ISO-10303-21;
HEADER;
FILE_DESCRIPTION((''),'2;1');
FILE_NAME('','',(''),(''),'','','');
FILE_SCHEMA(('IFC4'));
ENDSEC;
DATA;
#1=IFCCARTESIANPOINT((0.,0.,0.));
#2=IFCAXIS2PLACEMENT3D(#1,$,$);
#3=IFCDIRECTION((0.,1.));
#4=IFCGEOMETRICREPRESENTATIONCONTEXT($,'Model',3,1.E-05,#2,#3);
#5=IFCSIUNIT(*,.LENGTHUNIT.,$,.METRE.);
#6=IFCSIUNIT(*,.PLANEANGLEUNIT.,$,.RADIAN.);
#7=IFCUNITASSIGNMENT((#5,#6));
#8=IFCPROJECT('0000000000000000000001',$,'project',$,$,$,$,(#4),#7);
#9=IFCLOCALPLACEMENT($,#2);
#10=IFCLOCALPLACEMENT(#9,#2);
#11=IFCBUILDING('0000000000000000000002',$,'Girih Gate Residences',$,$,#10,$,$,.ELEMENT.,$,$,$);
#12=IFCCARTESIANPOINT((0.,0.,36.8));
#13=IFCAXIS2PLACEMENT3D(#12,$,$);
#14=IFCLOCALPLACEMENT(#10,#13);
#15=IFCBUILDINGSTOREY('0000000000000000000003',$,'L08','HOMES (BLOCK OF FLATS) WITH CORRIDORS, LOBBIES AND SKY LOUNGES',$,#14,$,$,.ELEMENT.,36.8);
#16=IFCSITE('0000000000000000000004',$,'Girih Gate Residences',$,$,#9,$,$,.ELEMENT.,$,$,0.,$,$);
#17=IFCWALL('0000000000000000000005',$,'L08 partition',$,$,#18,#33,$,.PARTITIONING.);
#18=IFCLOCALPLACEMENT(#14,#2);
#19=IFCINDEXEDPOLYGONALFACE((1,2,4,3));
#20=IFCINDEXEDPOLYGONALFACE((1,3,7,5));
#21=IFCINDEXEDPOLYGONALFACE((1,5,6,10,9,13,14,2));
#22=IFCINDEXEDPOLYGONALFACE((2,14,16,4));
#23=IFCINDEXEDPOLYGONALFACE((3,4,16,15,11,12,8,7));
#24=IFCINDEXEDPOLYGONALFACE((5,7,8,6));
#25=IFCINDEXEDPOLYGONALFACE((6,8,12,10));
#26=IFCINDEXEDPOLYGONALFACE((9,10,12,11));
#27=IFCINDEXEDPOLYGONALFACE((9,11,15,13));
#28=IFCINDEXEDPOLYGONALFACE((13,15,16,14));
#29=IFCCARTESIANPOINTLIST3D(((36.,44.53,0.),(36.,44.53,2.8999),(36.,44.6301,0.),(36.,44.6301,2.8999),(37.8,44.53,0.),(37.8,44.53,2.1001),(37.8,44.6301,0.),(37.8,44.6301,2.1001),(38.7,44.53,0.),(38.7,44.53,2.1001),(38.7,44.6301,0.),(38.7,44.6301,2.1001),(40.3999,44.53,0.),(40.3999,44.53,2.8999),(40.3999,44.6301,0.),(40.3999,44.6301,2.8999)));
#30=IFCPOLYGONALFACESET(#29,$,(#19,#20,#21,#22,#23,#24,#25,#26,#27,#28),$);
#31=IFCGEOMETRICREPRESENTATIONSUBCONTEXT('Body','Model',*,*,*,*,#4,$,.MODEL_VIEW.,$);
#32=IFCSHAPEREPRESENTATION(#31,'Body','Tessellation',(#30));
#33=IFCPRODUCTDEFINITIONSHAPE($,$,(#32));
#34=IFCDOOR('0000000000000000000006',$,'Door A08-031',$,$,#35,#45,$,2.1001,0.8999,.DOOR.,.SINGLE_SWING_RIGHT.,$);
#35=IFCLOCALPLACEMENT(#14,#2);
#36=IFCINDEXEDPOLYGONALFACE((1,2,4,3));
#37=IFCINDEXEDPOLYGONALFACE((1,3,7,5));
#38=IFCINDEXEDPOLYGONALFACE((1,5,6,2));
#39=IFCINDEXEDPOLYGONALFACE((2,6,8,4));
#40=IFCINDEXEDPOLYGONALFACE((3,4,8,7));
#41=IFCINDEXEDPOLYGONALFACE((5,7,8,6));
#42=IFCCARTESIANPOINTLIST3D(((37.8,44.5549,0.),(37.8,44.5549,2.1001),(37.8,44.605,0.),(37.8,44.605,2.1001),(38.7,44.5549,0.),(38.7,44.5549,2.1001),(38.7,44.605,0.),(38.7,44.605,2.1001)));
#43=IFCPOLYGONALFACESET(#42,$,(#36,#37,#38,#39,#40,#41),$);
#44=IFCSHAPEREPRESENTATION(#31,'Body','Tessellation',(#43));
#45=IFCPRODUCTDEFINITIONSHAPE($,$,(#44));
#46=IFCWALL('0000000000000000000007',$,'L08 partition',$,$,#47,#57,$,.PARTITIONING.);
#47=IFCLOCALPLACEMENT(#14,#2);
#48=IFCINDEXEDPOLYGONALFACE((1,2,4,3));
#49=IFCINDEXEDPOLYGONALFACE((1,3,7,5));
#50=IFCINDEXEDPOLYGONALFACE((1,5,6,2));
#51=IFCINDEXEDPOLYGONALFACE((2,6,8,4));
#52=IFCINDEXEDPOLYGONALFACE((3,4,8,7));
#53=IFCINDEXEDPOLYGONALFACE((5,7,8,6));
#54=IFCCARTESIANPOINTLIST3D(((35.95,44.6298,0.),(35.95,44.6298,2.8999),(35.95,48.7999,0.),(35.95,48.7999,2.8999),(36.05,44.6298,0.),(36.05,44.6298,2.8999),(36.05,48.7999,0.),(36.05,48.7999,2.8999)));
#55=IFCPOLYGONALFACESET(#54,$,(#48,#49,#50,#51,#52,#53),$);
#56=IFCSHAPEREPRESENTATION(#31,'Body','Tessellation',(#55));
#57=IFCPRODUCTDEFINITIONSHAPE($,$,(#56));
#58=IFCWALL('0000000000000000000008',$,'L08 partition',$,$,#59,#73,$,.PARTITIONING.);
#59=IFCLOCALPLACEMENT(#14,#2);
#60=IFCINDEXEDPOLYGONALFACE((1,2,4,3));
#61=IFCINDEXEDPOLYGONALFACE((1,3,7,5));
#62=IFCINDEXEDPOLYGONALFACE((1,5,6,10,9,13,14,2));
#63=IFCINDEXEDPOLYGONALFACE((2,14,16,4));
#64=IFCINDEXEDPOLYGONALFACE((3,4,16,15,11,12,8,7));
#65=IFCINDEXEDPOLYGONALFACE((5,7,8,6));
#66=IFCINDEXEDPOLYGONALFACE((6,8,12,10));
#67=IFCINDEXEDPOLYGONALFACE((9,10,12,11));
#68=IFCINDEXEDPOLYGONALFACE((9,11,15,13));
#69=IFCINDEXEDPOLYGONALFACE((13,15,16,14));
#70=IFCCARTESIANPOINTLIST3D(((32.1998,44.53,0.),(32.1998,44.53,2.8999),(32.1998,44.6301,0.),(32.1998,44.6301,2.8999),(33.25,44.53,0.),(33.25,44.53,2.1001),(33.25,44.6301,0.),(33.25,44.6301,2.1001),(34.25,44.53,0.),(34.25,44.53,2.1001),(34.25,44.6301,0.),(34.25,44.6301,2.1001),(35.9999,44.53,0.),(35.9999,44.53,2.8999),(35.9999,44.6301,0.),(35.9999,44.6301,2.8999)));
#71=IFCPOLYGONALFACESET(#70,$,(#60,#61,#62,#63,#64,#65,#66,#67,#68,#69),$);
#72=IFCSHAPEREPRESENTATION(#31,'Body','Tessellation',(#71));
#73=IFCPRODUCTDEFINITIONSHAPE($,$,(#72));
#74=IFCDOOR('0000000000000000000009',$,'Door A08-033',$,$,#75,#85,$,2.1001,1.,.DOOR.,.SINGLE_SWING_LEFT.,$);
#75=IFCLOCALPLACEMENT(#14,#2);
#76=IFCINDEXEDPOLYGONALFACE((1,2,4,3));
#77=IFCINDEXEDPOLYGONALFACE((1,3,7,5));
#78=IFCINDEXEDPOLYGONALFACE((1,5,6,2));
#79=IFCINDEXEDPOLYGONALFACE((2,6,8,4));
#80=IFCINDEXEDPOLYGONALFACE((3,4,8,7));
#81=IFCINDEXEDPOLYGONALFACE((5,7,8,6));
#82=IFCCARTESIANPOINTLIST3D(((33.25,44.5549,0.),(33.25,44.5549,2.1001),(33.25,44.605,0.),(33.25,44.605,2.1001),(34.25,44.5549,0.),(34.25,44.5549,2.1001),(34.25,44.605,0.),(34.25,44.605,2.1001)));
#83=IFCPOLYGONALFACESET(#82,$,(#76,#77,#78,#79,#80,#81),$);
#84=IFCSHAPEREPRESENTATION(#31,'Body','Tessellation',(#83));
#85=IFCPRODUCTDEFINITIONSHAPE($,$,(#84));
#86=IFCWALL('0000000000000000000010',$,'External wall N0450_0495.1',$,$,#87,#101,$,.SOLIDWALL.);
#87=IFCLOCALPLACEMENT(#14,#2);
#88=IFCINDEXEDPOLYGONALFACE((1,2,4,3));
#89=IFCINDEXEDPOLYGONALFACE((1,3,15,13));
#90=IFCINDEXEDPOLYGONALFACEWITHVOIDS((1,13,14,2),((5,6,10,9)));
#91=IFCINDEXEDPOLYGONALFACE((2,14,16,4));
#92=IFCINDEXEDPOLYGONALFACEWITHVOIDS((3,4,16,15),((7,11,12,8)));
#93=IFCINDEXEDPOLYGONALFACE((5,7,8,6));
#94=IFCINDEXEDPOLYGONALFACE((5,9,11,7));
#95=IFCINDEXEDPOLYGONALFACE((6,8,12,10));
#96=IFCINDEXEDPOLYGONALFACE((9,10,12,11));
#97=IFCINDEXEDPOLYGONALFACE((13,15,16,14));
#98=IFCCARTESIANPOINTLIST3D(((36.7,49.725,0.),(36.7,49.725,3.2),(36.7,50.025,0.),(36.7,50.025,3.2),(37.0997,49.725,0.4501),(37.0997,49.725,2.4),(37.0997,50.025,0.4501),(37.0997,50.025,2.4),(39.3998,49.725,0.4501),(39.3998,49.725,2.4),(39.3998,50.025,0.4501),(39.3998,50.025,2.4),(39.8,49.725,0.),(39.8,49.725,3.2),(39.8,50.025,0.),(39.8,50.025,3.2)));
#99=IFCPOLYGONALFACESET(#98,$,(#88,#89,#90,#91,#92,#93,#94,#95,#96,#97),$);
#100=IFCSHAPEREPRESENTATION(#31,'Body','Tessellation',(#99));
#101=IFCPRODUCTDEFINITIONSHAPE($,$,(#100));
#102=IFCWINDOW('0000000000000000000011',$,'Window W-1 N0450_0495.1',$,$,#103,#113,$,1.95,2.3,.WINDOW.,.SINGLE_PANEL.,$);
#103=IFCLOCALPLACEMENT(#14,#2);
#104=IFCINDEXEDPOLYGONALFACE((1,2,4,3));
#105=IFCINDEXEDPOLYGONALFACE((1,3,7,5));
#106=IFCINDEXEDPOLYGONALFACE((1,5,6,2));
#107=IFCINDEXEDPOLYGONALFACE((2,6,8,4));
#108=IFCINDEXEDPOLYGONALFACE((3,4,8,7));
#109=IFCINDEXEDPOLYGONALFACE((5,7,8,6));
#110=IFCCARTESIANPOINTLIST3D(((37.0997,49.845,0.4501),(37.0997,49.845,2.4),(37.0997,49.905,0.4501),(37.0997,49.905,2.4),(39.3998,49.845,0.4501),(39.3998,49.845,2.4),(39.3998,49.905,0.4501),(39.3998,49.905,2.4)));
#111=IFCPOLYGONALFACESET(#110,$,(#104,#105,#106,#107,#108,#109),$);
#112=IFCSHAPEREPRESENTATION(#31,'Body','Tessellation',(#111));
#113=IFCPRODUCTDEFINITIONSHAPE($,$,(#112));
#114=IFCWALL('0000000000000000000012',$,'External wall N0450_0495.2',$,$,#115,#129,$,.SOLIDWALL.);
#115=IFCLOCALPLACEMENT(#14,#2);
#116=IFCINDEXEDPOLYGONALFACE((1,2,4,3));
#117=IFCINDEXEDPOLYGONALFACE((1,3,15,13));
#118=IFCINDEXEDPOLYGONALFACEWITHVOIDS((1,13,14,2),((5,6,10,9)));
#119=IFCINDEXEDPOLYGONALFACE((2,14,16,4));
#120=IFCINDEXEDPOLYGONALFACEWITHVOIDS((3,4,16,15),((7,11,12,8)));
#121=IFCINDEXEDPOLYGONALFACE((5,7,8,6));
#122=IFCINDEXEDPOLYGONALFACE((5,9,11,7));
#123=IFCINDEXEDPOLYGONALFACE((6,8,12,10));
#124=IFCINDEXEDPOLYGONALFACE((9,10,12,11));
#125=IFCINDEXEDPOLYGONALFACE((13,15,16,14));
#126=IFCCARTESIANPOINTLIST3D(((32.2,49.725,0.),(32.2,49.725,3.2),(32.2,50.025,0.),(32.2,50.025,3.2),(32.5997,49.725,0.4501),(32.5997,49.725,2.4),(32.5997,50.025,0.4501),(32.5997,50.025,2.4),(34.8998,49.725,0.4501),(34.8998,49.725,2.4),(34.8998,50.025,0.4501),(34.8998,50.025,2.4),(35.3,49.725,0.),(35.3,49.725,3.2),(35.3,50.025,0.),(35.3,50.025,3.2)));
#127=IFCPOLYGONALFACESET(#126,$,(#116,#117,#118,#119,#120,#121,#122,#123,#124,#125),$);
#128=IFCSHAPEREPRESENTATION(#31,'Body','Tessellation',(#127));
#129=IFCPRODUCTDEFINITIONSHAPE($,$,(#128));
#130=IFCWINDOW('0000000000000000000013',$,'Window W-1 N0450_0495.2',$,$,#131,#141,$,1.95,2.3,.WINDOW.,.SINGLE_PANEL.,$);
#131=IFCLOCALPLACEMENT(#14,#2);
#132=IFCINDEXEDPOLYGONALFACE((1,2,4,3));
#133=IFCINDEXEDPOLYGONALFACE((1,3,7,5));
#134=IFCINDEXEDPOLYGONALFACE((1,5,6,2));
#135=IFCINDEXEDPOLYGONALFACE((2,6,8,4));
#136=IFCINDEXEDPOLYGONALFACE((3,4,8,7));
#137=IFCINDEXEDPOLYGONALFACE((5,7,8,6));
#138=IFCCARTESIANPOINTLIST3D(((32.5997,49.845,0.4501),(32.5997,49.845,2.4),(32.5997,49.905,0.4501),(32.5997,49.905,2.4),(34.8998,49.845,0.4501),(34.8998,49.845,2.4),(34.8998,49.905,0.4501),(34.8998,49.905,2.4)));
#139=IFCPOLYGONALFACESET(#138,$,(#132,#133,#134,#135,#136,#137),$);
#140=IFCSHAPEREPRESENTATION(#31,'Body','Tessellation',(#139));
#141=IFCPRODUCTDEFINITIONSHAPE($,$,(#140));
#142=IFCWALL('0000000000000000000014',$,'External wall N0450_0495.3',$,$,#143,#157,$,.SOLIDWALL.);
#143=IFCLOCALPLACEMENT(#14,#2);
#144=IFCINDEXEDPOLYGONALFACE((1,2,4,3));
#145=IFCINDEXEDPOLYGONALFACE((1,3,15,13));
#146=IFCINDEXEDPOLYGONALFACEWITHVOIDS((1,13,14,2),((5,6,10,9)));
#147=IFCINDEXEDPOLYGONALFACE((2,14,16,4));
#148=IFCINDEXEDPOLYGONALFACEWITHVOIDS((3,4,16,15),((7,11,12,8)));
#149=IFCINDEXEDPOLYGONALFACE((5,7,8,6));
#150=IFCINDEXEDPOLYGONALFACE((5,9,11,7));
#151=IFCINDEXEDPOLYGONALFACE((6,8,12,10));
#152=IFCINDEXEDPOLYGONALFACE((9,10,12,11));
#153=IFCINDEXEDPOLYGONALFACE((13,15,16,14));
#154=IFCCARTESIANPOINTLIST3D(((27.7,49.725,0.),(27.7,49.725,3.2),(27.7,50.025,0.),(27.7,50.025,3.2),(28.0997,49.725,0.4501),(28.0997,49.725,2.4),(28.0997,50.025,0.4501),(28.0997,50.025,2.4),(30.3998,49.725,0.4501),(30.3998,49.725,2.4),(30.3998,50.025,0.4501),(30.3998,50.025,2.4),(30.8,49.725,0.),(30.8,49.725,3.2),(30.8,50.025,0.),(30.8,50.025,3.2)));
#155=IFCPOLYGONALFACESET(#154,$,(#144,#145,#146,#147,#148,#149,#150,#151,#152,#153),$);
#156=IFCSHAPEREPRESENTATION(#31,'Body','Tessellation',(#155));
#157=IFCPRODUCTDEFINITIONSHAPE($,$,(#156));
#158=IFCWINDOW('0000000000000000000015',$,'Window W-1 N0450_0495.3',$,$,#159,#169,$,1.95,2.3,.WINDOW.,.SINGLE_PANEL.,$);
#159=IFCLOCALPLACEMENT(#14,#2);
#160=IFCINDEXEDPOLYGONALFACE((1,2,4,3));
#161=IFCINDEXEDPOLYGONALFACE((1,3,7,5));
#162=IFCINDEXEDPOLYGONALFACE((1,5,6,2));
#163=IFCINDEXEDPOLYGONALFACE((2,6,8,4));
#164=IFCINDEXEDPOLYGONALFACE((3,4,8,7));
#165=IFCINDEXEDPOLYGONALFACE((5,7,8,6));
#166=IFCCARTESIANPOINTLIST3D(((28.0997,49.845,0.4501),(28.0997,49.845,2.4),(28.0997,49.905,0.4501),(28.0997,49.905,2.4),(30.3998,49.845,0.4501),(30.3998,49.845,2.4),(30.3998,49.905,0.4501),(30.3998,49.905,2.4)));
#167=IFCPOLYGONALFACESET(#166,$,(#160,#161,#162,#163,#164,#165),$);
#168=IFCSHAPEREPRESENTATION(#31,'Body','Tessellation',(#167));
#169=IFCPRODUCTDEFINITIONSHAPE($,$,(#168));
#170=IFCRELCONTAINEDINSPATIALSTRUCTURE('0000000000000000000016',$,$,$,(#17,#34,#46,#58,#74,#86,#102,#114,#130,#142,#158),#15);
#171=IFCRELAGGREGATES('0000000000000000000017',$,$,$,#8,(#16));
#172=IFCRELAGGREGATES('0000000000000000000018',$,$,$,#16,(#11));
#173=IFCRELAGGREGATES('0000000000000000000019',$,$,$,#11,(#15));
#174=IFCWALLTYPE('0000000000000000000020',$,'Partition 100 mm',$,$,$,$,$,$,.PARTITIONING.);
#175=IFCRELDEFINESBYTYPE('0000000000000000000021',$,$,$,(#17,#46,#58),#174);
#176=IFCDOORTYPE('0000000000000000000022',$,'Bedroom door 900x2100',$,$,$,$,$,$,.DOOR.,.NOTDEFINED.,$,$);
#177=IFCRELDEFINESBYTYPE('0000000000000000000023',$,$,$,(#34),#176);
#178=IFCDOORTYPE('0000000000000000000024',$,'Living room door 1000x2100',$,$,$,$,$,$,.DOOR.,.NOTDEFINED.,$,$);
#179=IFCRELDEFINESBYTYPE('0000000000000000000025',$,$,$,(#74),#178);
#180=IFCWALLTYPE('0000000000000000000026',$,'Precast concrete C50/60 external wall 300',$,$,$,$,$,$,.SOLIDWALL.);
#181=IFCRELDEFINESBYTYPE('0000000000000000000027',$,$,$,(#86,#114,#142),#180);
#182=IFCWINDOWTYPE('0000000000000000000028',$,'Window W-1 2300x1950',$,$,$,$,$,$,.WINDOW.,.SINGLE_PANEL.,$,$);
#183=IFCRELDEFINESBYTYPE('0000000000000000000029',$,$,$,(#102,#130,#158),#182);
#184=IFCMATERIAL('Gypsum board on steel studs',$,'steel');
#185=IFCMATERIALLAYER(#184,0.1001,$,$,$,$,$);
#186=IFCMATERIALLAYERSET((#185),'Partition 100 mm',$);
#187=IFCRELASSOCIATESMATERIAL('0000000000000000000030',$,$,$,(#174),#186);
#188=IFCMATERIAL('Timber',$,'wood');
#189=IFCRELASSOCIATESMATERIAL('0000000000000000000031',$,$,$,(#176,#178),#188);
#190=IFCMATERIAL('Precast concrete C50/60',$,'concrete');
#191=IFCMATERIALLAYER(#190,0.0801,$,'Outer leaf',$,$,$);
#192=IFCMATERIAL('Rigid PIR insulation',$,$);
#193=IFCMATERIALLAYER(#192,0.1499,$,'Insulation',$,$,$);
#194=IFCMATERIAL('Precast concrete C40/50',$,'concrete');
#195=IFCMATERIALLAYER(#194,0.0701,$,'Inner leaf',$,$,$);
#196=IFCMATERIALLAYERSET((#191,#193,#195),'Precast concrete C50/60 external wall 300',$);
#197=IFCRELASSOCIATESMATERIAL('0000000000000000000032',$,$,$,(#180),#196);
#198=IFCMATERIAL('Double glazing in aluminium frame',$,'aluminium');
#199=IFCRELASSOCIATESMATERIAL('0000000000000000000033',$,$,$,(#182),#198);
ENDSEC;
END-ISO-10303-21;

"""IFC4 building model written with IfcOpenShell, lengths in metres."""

from ifc_helpers import new_model, si_unit, direction, frame, frame_2d, origin, place, context, subcontext, project, spatial, rectangle, extrude, material, layer, layer_set, type_object, element, fill, save


model = new_model("IFC4")

# Units and contexts
model_context = context("Model", 3, precision=1e-05, world=origin(), true_north=direction((0.0, 1.0)))
body_context = subcontext(model_context, "Body", "Model", "MODEL_VIEW")
ifc_project = project(units=[si_unit("LENGTHUNIT", "METRE"), si_unit("PLANEANGLEUNIT", "RADIAN")], contexts=[model_context])

# Site, building, storey
site_placement = place(None, origin())
site = spatial("IfcSite", under=ifc_project, at=site_placement, Name="Girih Gate Residences", CompositionType="ELEMENT", RefElevation=0.0)
building_placement = place(site_placement, origin())
building = spatial("IfcBuilding", under=site, at=building_placement, Name="Girih Gate Residences", CompositionType="ELEMENT")
storey_placement = place(building_placement, frame((0.0, 0.0, 36.8)))
storey = spatial("IfcBuildingStorey", under=building, at=storey_placement, Name="L08", Description="HOMES (BLOCK OF FLATS) WITH CORRIDORS, LOBBIES AND SKY LOUNGES", CompositionType="ELEMENT", Elevation=36.8)

# Shared definitions
ifc_material_1 = material(Name="Gypsum board on steel studs", Category="steel")

# Wall, opening, door
ifc_layer_1 = layer(ifc_material_1, 0.1001)
ifc_layer_set_1 = layer_set([ifc_layer_1], Name="Partition 100 mm")
wall_type_1 = type_object("IfcWallType", Name="Partition 100 mm", PredefinedType="PARTITIONING", material=ifc_layer_set_1)
wall_1_placement = place(storey_placement, frame((36.0, 44.5801, 0.0), z_axis=(0.0, 0.0, 1.0), x_axis=(1.0, 0.0, 0.0)))
wall_1 = element("IfcWall", 1, at=wall_1_placement, inside=storey, type_object=wall_type_1, Name="L08 partition", PredefinedType="PARTITIONING", context=body_context, shape_type="SweptSolid", body=[
    extrude(rectangle(XDim=4.3999, YDim=0.1001, at=frame_2d((2.2, 0.0))), origin(), (0.0, 0.0, 1.0), 2.8999),
])
opening_1_placement = place(wall_1_placement, frame((1.8, 0.0, 0.0)))
opening_1 = element("IfcOpeningElement", 2, at=opening_1_placement, cuts=wall_1, PredefinedType="OPENING", context=body_context, shape_type="SweptSolid", body=[
    extrude(rectangle(XDim=0.8999, YDim=2.1001, at=frame_2d((0.45, 1.05))), frame((0.0, 0.0601, 0.0), z_axis=(0.0, -1.0, 0.0), x_axis=(1.0, 0.0, 0.0)), (0.0, 0.0, 1.0), 0.1201),
])
ifc_material_2 = material(Name="Timber", Category="wood")
door_type_1 = type_object("IfcDoorType", Name="Bedroom door 900x2100", OperationType="NOTDEFINED", PredefinedType="DOOR", material=ifc_material_2)
door_1_placement = place(opening_1_placement, origin())
door_1 = element("IfcDoor", 3, at=door_1_placement, inside=storey, type_object=door_type_1, Name="Door A08-031", OperationType="SINGLE_SWING_RIGHT", OverallHeight=2.1001, OverallWidth=0.8999, PredefinedType="DOOR", context=body_context, shape_type="SweptSolid", body=[
    extrude(rectangle(XDim=0.8999, YDim=2.1001, at=frame_2d((0.45, 1.05))), frame((0.0, 0.0249, 0.0), z_axis=(0.0, -1.0, 0.0), x_axis=(1.0, 0.0, 0.0)), (0.0, 0.0, 1.0), 0.05),
])
fill(opening_1, door_1)

# Wall
wall_2_placement = place(storey_placement, frame((36.0, 44.6299, 0.0), z_axis=(0.0, 0.0, 1.0), x_axis=(0.0, 1.0, 0.0)))
element("IfcWall", 4, at=wall_2_placement, inside=storey, type_object=wall_type_1, Name="L08 partition", PredefinedType="PARTITIONING", context=body_context, shape_type="SweptSolid", body=[
    extrude(rectangle(XDim=4.1702, YDim=0.1001, at=frame_2d((2.085, 0.0))), origin(), (0.0, 0.0, 1.0), 2.8999),
])

# Wall, opening, door
wall_3_placement = place(storey_placement, frame((32.2, 44.5801, 0.0), z_axis=(0.0, 0.0, 1.0), x_axis=(1.0, 0.0, 0.0)))
wall_3 = element("IfcWall", 5, at=wall_3_placement, inside=storey, type_object=wall_type_1, Name="L08 partition", PredefinedType="PARTITIONING", context=body_context, shape_type="SweptSolid", body=[
    extrude(rectangle(XDim=3.8, YDim=0.1001, at=frame_2d((1.8999, 0.0))), origin(), (0.0, 0.0, 1.0), 2.8999),
])
opening_2_placement = place(wall_3_placement, frame((1.05, 0.0, 0.0)))
opening_2 = element("IfcOpeningElement", 6, at=opening_2_placement, cuts=wall_3, PredefinedType="OPENING", context=body_context, shape_type="SweptSolid", body=[
    extrude(rectangle(XDim=1.0, YDim=2.1001, at=frame_2d((0.5, 1.05))), frame((0.0, 0.0601, 0.0), z_axis=(0.0, -1.0, 0.0), x_axis=(1.0, 0.0, 0.0)), (0.0, 0.0, 1.0), 0.1201),
])
door_type_2 = type_object("IfcDoorType", Name="Living room door 1000x2100", OperationType="NOTDEFINED", PredefinedType="DOOR", material=ifc_material_2)
door_2_placement = place(opening_2_placement, origin())
door_2 = element("IfcDoor", 7, at=door_2_placement, inside=storey, type_object=door_type_2, Name="Door A08-033", OperationType="SINGLE_SWING_LEFT", OverallHeight=2.1001, OverallWidth=1.0, PredefinedType="DOOR", context=body_context, shape_type="SweptSolid", body=[
    extrude(rectangle(XDim=1.0, YDim=2.1001, at=frame_2d((0.5, 1.05))), frame((0.0, 0.0249, 0.0), z_axis=(0.0, -1.0, 0.0), x_axis=(1.0, 0.0, 0.0)), (0.0, 0.0, 1.0), 0.05),
])
fill(opening_2, door_2)

# Walls, openings, windows
ifc_material_3 = material(Name="Precast concrete C50/60", Category="concrete")
ifc_layer_2 = layer(ifc_material_3, 0.0801, Name="Outer leaf")
ifc_material_4 = material(Name="Rigid PIR insulation")
ifc_layer_3 = layer(ifc_material_4, 0.1499, Name="Insulation")
ifc_material_5 = material(Name="Precast concrete C40/50", Category="concrete")
ifc_layer_4 = layer(ifc_material_5, 0.0701, Name="Inner leaf")
ifc_layer_set_2 = layer_set([ifc_layer_2, ifc_layer_3, ifc_layer_4], Name="Precast concrete C50/60 external wall 300")
wall_type_2 = type_object("IfcWallType", Name="Precast concrete C50/60 external wall 300", PredefinedType="SOLIDWALL", material=ifc_layer_set_2)
wall_4_placement = place(storey_placement, frame((36.7, 49.875, 0.0), z_axis=(0.0, 0.0, 1.0), x_axis=(1.0, 0.0, 0.0)))
wall_4 = element("IfcWall", 8, at=wall_4_placement, inside=storey, type_object=wall_type_2, Name="External wall N0450_0495.1", PredefinedType="SOLIDWALL", context=body_context, shape_type="SweptSolid", body=[
    extrude(rectangle(XDim=3.1001, YDim=0.3, at=frame_2d((1.55, 0.0))), origin(), (0.0, 0.0, 1.0), 3.2),
])
opening_3_placement = place(wall_4_placement, frame((0.3999, 0.0, 0.45)))
opening_3 = element("IfcOpeningElement", 9, at=opening_3_placement, cuts=wall_4, PredefinedType="OPENING", context=body_context, shape_type="SweptSolid", body=[
    extrude(rectangle(XDim=2.3, YDim=1.95, at=frame_2d((1.1499, 0.9751))), frame((0.0, 0.1599, 0.0), z_axis=(0.0, -1.0, 0.0), x_axis=(1.0, 0.0, 0.0)), (0.0, 0.0, 1.0), 0.3201),
])
ifc_material_6 = material(Name="Double glazing in aluminium frame", Category="aluminium")
window_type = type_object("IfcWindowType", Name="Window W-1 2300x1950", PartitioningType="SINGLE_PANEL", PredefinedType="WINDOW", material=ifc_material_6)
window_1_placement = place(opening_3_placement, origin())
window_1 = element("IfcWindow", 10, at=window_1_placement, inside=storey, type_object=window_type, Name="Window W-1 N0450_0495.1", OverallHeight=1.95, OverallWidth=2.3, PartitioningType="SINGLE_PANEL", PredefinedType="WINDOW", context=body_context, shape_type="SweptSolid", body=[
    extrude(rectangle(XDim=2.3, YDim=1.95, at=frame_2d((1.1499, 0.9751))), frame((0.0, 0.03, 0.0), z_axis=(0.0, -1.0, 0.0), x_axis=(1.0, 0.0, 0.0)), (0.0, 0.0, 1.0), 0.0601),
])
fill(opening_3, window_1)
wall_5_placement = place(storey_placement, frame((32.2, 49.875, 0.0), z_axis=(0.0, 0.0, 1.0), x_axis=(1.0, 0.0, 0.0)))
wall_5 = element("IfcWall", 11, at=wall_5_placement, inside=storey, type_object=wall_type_2, Name="External wall N0450_0495.2", PredefinedType="SOLIDWALL", context=body_context, shape_type="SweptSolid", body=[
    extrude(rectangle(XDim=3.1001, YDim=0.3, at=frame_2d((1.55, 0.0))), origin(), (0.0, 0.0, 1.0), 3.2),
])
opening_4_placement = place(wall_5_placement, frame((0.3999, 0.0, 0.45)))
opening_4 = element("IfcOpeningElement", 12, at=opening_4_placement, cuts=wall_5, PredefinedType="OPENING", context=body_context, shape_type="SweptSolid", body=[
    extrude(rectangle(XDim=2.3, YDim=1.95, at=frame_2d((1.1499, 0.9751))), frame((0.0, 0.1599, 0.0), z_axis=(0.0, -1.0, 0.0), x_axis=(1.0, 0.0, 0.0)), (0.0, 0.0, 1.0), 0.3201),
])
window_2_placement = place(opening_4_placement, origin())
window_2 = element("IfcWindow", 13, at=window_2_placement, inside=storey, type_object=window_type, Name="Window W-1 N0450_0495.2", OverallHeight=1.95, OverallWidth=2.3, PartitioningType="SINGLE_PANEL", PredefinedType="WINDOW", context=body_context, shape_type="SweptSolid", body=[
    extrude(rectangle(XDim=2.3, YDim=1.95, at=frame_2d((1.1499, 0.9751))), frame((0.0, 0.03, 0.0), z_axis=(0.0, -1.0, 0.0), x_axis=(1.0, 0.0, 0.0)), (0.0, 0.0, 1.0), 0.0601),
])
fill(opening_4, window_2)
wall_6_placement = place(storey_placement, frame((27.7, 49.875, 0.0), z_axis=(0.0, 0.0, 1.0), x_axis=(1.0, 0.0, 0.0)))
wall_6 = element("IfcWall", 14, at=wall_6_placement, inside=storey, type_object=wall_type_2, Name="External wall N0450_0495.3", PredefinedType="SOLIDWALL", context=body_context, shape_type="SweptSolid", body=[
    extrude(rectangle(XDim=3.1001, YDim=0.3, at=frame_2d((1.55, 0.0))), origin(), (0.0, 0.0, 1.0), 3.2),
])
opening_5_placement = place(wall_6_placement, frame((0.3999, 0.0, 0.45)))
opening_5 = element("IfcOpeningElement", 15, at=opening_5_placement, cuts=wall_6, PredefinedType="OPENING", context=body_context, shape_type="SweptSolid", body=[
    extrude(rectangle(XDim=2.3, YDim=1.95, at=frame_2d((1.1499, 0.9751))), frame((0.0, 0.1599, 0.0), z_axis=(0.0, -1.0, 0.0), x_axis=(1.0, 0.0, 0.0)), (0.0, 0.0, 1.0), 0.3201),
])
window_3_placement = place(opening_5_placement, origin())
window_3 = element("IfcWindow", 16, at=window_3_placement, inside=storey, type_object=window_type, Name="Window W-1 N0450_0495.3", OverallHeight=1.95, OverallWidth=2.3, PartitioningType="SINGLE_PANEL", PredefinedType="WINDOW", context=body_context, shape_type="SweptSolid", body=[
    extrude(rectangle(XDim=2.3, YDim=1.95, at=frame_2d((1.1499, 0.9751))), frame((0.0, 0.03, 0.0), z_axis=(0.0, -1.0, 0.0), x_axis=(1.0, 0.0, 0.0)), (0.0, 0.0, 1.0), 0.0601),
])
fill(opening_5, window_3)

save(model, "model.ifc")
